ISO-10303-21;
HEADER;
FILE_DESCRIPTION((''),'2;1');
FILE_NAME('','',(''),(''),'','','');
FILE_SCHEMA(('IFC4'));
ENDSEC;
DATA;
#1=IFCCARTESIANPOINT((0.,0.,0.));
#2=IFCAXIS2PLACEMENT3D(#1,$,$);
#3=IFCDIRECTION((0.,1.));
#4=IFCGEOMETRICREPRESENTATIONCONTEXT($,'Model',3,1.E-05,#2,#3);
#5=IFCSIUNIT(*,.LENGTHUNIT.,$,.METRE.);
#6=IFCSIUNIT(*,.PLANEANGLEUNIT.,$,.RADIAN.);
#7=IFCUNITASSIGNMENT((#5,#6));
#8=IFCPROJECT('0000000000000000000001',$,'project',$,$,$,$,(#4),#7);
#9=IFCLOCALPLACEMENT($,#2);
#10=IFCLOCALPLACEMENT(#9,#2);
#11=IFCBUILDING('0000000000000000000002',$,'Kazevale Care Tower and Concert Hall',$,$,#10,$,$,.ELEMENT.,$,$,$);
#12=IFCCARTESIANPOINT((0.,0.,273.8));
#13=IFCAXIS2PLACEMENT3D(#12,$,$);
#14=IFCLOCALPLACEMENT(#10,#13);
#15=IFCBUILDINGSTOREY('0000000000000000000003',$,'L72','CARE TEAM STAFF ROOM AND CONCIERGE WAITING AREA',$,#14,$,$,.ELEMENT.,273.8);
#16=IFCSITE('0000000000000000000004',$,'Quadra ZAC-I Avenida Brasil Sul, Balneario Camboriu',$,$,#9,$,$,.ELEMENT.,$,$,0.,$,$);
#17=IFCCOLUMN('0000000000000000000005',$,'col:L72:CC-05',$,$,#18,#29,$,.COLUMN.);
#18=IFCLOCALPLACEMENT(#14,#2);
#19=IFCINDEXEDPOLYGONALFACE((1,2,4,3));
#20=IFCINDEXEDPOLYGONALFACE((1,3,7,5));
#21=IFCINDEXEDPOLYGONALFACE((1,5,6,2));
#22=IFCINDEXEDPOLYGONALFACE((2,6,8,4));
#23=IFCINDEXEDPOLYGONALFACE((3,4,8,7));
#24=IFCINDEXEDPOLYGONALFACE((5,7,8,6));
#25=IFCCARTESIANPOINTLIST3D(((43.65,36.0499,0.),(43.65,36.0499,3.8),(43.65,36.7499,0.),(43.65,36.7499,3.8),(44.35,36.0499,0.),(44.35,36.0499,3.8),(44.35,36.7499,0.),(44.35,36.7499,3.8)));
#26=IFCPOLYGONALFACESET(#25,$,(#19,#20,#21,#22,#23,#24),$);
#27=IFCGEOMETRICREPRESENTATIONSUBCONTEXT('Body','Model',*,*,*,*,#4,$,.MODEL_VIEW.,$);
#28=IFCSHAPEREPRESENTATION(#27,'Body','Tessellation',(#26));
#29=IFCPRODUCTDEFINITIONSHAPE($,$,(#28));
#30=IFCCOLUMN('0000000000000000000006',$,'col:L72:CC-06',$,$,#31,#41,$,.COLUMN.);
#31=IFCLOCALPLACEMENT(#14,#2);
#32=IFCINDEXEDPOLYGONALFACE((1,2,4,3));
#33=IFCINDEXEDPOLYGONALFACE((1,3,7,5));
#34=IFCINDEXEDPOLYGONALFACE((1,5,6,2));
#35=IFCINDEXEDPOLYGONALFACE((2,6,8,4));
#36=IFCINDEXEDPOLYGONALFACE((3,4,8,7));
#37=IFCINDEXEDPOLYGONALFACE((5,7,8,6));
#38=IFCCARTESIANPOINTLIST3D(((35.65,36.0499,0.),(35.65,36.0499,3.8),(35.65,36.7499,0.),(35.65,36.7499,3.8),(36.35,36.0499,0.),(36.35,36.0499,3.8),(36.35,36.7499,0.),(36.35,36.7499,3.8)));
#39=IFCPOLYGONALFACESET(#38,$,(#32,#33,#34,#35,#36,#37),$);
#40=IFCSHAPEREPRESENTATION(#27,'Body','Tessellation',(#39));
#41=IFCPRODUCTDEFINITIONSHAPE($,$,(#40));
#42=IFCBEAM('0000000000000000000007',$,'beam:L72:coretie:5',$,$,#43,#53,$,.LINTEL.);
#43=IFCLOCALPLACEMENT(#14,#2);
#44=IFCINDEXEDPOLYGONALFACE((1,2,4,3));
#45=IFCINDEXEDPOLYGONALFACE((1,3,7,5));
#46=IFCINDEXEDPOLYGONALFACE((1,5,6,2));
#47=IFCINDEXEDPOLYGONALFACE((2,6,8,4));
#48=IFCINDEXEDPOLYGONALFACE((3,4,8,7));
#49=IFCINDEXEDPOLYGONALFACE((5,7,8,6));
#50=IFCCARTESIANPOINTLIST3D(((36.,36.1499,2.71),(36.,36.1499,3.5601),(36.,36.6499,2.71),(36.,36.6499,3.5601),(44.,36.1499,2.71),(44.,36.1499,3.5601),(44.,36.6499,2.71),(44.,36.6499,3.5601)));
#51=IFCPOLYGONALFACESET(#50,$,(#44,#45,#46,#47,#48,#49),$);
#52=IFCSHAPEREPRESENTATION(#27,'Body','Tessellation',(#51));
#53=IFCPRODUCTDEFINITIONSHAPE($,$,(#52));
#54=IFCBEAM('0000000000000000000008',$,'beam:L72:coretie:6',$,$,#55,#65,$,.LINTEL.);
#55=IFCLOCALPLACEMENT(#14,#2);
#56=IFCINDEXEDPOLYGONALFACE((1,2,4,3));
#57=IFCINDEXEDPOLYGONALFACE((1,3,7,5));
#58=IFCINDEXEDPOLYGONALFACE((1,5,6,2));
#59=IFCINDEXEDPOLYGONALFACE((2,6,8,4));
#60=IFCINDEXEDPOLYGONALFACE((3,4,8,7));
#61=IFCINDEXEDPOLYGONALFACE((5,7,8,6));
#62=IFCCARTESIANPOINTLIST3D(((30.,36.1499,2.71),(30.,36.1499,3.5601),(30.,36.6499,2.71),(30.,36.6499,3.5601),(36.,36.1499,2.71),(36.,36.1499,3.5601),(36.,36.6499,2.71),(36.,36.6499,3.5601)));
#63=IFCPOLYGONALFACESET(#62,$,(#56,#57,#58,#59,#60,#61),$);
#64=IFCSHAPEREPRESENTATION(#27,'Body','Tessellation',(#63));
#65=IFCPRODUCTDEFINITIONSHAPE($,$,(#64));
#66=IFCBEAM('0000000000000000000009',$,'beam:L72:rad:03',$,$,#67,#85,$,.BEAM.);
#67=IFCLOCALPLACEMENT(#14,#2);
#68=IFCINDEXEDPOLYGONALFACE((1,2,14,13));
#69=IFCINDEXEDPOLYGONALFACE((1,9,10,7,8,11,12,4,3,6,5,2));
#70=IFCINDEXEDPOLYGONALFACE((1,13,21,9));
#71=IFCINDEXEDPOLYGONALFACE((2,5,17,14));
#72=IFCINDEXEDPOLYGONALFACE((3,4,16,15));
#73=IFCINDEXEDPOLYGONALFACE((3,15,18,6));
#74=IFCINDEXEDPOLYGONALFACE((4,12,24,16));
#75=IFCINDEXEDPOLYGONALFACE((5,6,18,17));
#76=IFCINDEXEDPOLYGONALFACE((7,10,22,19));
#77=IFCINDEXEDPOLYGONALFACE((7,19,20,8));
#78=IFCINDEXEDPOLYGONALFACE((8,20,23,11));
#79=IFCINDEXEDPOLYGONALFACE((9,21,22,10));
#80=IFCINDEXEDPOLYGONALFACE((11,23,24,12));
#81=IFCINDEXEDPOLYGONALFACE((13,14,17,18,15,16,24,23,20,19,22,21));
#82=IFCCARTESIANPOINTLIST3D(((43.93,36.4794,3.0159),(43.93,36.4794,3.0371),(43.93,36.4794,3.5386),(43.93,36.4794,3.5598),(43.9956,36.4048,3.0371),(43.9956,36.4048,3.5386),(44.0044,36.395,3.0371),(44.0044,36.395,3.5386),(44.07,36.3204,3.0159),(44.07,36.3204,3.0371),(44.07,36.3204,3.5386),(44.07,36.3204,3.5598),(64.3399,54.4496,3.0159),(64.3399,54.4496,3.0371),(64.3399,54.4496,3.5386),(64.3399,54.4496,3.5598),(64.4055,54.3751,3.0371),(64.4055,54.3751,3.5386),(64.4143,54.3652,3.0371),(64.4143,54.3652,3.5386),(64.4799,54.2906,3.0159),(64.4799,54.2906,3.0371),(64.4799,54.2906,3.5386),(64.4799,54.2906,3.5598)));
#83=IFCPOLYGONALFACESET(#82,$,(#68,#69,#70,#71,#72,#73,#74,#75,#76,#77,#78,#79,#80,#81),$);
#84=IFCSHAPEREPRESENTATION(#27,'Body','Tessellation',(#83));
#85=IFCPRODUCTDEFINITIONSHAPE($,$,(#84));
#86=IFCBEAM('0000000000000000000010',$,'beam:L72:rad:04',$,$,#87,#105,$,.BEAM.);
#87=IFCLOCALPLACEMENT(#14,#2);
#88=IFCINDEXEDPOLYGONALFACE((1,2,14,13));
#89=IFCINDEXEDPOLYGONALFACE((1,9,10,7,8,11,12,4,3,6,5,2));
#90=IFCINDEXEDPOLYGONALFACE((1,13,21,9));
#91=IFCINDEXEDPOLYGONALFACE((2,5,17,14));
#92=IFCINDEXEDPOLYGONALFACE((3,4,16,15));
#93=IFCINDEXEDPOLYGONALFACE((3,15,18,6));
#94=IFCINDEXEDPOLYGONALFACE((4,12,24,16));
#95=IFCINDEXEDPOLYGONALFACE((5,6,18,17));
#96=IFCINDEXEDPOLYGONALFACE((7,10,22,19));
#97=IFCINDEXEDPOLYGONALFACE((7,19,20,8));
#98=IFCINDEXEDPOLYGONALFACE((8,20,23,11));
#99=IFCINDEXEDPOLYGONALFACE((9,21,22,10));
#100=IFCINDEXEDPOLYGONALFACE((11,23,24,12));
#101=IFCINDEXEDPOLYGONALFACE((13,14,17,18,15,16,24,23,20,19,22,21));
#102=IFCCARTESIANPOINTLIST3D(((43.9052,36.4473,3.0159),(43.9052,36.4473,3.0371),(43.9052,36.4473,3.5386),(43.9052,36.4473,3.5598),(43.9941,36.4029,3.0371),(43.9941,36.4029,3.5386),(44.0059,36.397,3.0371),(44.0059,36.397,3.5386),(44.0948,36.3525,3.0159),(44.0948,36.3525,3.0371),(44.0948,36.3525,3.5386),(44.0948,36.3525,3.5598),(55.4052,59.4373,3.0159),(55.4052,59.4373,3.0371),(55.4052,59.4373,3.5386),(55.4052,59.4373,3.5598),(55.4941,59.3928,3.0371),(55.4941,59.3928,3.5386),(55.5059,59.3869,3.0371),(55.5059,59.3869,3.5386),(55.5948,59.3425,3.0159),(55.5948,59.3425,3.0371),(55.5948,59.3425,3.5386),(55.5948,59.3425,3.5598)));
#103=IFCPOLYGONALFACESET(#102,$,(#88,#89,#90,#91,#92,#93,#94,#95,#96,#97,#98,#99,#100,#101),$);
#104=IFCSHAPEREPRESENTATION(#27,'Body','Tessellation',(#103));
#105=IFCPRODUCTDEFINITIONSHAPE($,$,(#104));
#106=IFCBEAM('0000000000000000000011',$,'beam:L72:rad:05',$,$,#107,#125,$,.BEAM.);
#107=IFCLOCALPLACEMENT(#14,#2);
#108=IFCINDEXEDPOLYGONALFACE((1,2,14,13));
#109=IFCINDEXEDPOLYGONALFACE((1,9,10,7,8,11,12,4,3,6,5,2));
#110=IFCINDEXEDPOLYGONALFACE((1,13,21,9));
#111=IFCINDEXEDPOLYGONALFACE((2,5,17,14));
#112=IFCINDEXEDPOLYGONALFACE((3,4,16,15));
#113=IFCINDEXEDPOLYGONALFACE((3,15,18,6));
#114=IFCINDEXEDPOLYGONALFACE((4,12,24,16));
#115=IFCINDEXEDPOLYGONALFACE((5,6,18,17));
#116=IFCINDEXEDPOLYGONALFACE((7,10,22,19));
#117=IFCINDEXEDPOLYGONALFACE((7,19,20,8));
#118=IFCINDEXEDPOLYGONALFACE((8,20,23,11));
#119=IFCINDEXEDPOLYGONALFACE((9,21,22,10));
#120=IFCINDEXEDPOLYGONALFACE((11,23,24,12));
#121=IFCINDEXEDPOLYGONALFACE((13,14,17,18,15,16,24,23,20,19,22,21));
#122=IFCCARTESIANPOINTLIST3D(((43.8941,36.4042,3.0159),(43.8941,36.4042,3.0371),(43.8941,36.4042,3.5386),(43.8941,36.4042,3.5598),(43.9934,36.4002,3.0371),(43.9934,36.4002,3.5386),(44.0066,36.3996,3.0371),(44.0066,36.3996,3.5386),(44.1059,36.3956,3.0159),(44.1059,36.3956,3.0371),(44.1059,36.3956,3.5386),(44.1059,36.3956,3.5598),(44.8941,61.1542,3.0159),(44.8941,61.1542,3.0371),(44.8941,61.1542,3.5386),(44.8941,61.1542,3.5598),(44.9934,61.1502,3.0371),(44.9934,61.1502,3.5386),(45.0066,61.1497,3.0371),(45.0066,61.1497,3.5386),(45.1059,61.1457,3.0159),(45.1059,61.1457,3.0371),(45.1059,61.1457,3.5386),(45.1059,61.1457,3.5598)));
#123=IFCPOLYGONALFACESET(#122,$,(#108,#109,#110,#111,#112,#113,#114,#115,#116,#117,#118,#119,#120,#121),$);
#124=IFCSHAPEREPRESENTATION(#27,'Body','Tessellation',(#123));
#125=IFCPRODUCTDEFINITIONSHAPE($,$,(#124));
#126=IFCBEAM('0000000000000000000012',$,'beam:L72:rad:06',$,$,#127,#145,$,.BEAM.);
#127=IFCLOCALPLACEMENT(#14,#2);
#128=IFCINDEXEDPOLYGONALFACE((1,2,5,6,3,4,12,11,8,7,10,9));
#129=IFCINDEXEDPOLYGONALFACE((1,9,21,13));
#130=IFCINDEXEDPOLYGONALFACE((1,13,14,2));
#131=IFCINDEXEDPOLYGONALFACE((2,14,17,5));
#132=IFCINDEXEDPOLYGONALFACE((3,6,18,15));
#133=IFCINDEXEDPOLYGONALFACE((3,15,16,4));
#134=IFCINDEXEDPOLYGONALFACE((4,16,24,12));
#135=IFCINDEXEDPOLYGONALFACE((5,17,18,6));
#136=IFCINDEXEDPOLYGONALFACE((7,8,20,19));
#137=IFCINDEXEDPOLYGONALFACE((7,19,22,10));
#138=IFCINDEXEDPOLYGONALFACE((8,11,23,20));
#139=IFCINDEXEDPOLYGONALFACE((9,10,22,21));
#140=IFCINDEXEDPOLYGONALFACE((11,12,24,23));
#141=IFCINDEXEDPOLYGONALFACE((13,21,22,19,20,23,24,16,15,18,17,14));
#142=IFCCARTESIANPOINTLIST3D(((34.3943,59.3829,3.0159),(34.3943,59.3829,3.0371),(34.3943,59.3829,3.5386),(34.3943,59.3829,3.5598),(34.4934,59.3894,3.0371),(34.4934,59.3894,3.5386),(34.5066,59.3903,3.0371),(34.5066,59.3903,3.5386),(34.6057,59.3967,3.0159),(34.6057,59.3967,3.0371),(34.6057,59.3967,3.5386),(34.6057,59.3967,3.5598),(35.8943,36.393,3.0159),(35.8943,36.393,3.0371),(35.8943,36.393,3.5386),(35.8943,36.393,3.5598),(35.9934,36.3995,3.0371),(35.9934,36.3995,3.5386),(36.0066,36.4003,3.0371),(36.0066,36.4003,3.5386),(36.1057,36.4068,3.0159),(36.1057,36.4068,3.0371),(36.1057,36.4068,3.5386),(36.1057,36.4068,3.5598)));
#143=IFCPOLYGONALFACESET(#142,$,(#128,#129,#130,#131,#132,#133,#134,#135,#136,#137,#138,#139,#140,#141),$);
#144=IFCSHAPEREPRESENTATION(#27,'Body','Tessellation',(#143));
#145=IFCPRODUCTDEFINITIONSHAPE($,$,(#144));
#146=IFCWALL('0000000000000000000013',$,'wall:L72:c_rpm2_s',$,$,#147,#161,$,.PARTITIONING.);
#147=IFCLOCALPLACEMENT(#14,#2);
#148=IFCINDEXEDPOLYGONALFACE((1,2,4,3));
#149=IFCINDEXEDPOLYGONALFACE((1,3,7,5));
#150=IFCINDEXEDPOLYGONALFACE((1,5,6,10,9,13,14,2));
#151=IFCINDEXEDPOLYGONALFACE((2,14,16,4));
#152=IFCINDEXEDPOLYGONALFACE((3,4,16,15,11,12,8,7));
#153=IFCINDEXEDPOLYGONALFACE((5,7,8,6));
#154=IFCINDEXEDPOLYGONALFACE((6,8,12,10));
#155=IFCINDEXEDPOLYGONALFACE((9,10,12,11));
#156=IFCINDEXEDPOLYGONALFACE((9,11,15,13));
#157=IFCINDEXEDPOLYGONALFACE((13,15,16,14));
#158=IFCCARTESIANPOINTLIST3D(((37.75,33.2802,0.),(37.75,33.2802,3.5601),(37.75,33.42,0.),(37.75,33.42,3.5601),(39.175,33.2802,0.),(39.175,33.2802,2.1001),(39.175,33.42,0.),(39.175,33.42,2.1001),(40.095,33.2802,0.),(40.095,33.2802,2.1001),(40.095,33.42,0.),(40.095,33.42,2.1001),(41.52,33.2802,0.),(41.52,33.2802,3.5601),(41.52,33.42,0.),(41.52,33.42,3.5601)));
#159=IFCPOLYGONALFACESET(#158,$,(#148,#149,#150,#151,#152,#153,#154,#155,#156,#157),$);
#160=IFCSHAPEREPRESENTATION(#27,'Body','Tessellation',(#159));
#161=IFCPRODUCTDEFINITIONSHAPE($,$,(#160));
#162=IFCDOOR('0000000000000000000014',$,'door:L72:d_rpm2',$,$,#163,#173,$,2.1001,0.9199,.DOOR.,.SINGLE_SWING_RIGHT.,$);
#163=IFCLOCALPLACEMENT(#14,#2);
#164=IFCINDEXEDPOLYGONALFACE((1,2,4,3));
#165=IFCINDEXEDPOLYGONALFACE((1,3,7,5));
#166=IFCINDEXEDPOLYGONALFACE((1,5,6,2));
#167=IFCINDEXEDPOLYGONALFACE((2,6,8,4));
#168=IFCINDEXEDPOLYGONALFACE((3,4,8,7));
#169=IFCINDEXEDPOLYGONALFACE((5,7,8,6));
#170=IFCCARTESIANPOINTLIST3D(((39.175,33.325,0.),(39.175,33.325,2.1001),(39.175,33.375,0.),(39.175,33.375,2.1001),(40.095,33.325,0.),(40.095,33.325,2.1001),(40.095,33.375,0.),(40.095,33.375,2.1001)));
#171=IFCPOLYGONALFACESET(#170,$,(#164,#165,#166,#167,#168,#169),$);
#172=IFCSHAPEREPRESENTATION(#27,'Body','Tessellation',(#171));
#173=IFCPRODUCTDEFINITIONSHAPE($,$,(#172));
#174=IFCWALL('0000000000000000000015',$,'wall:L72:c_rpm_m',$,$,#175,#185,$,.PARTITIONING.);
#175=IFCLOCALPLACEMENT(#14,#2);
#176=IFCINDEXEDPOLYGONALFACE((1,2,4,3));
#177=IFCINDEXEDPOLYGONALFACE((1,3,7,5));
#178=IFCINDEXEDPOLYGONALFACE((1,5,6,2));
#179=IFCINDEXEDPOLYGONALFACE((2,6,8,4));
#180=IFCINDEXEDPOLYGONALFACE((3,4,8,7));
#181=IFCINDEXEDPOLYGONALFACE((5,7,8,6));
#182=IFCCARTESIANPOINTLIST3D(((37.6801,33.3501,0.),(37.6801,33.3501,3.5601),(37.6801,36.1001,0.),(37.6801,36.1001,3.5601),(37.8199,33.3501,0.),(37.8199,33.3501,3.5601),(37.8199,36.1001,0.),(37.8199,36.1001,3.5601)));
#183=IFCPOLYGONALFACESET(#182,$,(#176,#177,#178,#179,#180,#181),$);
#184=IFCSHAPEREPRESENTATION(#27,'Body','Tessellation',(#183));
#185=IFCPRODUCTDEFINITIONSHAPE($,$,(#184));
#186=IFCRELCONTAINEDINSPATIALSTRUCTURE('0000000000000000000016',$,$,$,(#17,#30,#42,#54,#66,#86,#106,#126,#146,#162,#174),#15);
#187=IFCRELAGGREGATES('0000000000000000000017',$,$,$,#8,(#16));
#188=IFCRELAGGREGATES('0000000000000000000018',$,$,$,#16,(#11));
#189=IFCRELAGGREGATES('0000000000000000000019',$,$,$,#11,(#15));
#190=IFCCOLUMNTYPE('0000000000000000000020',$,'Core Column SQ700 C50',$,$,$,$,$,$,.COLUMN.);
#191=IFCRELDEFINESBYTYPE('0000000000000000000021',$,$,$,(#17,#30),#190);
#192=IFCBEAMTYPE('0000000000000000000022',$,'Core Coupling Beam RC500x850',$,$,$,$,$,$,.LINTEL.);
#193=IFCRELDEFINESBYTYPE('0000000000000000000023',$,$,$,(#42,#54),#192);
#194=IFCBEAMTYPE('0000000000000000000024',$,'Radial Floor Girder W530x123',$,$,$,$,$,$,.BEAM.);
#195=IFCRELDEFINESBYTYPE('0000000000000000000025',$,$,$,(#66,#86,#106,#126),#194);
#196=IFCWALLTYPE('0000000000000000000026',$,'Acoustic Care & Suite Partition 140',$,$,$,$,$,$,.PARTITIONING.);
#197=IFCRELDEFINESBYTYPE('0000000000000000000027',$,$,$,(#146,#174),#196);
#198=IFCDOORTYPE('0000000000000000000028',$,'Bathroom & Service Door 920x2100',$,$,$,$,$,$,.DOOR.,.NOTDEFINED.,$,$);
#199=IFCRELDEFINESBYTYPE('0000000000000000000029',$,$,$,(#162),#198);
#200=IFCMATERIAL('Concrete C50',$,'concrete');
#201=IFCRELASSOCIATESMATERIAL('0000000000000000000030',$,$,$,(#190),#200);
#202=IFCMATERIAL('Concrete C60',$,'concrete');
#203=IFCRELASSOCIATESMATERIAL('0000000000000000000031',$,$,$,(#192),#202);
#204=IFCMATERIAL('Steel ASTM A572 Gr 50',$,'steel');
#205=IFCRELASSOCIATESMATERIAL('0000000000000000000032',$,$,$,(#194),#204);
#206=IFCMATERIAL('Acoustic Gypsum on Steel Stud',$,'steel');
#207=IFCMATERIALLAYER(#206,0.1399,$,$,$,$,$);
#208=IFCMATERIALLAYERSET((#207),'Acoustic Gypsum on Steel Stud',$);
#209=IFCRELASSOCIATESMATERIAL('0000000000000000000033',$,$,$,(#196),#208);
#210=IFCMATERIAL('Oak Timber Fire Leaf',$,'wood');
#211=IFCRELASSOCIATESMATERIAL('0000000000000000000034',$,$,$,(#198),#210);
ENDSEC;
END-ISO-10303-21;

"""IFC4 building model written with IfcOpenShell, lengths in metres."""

from ifc_helpers import new_model, si_unit, direction, frame, frame_2d, origin, origin_2d, place, context, subcontext, project, spatial, rectangle, i_section, extrude, material, layer, layer_set, material_profile, profile_set, type_object, element, fill, save


model = new_model("IFC4")

# Units and contexts
model_context = context("Model", 3, precision=1e-05, world=origin(), true_north=direction((0.0, 1.0)))
body_context = subcontext(model_context, "Body", "Model", "MODEL_VIEW")
ifc_project = project(units=[si_unit("LENGTHUNIT", "METRE"), si_unit("PLANEANGLEUNIT", "RADIAN")], contexts=[model_context])

# Site, building, storey
site_placement = place(None, origin())
site = spatial("IfcSite", under=ifc_project, at=site_placement, Name="Quadra ZAC-I Avenida Brasil Sul, Balneario Camboriu", CompositionType="ELEMENT", RefElevation=0.0)
building_placement = place(site_placement, origin())
building = spatial("IfcBuilding", under=site, at=building_placement, Name="Kazevale Care Tower and Concert Hall", CompositionType="ELEMENT")
storey_placement = place(building_placement, frame((0.0, 0.0, 273.8)))
storey = spatial("IfcBuildingStorey", under=building, at=storey_placement, Name="L72", Description="CARE TEAM STAFF ROOM AND CONCIERGE WAITING AREA", CompositionType="ELEMENT", Elevation=273.8)

# Columns
ifc_material_1 = material(Name="Concrete C50", Category="concrete")
ifc_material_profile_1 = material_profile(ifc_material_1, rectangle(XDim=0.7, YDim=0.7, at=origin_2d()), Name="RC-SQ700")
ifc_profile_set_1 = profile_set([ifc_material_profile_1], Name="Concrete C50")
column_type = type_object("IfcColumnType", Name="Core Column SQ700 C50", PredefinedType="COLUMN", material=ifc_profile_set_1)
for number, where, z_axis, x_axis, name in (
    (1, (44.0, 36.3999, 0.0), (0.0, 0.0, 1.0), (1.0, 0.0, 0.0), "col:L72:CC-05"),
    (2, (36.0, 36.3999, 0.0), (0.0, 0.0, 1.0), (1.0, 0.0, 0.0), "col:L72:CC-06"),
):
    element("IfcColumn", number, at=place(storey_placement, frame(where, z_axis=z_axis, x_axis=x_axis)), inside=storey, type_object=column_type, Name=name, PredefinedType="COLUMN", context=body_context, shape_type="SweptSolid", body=[
        extrude(rectangle(XDim=0.7, YDim=0.7, at=origin_2d()), origin(), (0.0, 0.0, 1.0), 3.8),
    ])

# Beams
ifc_material_2 = material(Name="Concrete C60", Category="concrete")
ifc_material_profile_2 = material_profile(ifc_material_2, rectangle(XDim=0.5, YDim=0.8501, at=origin_2d()), Name="RC-B500x850")
ifc_profile_set_2 = profile_set([ifc_material_profile_2], Name="Concrete C60")
beam_type_1 = type_object("IfcBeamType", Name="Core Coupling Beam RC500x850", PredefinedType="LINTEL", material=ifc_profile_set_2)
beam_1_placement = place(storey_placement, frame((44.0, 36.3999, 3.135), z_axis=(-1.0, 0.0, 0.0), x_axis=(0.0, -1.0, 0.0)))
element("IfcBeam", 3, at=beam_1_placement, inside=storey, type_object=beam_type_1, Name="beam:L72:coretie:5", PredefinedType="LINTEL", context=body_context, shape_type="SweptSolid", body=[
    extrude(rectangle(XDim=0.5, YDim=0.8501, at=origin_2d()), origin(), (0.0, 0.0, 1.0), 8.0),
])
beam_2_placement = place(storey_placement, frame((36.0, 36.3999, 3.135), z_axis=(-1.0, 0.0, 0.0), x_axis=(0.0, -1.0, 0.0)))
element("IfcBeam", 4, at=beam_2_placement, inside=storey, type_object=beam_type_1, Name="beam:L72:coretie:6", PredefinedType="LINTEL", context=body_context, shape_type="SweptSolid", body=[
    extrude(rectangle(XDim=0.5, YDim=0.8501, at=origin_2d()), origin(), (0.0, 0.0, 1.0), 6.0),
])
ifc_material_3 = material(Name="Steel ASTM A572 Gr 50", Category="steel")
ifc_material_profile_3 = material_profile(ifc_material_3, i_section(OverallWidth=0.2119, OverallDepth=0.5439, WebThickness=0.0132, FlangeThickness=0.0212, at=origin_2d()), Name="W530x123")
ifc_profile_set_3 = profile_set([ifc_material_profile_3], Name="Steel ASTM A572 Gr 50")
beam_type_2 = type_object("IfcBeamType", Name="Radial Floor Girder W530x123", PredefinedType="BEAM", material=ifc_profile_set_3)
beam_3_placement = place(storey_placement, frame((44.0, 36.3999, 3.2878), z_axis=(0.75054, 0.660825, 0.0), x_axis=(-0.660825, 0.75054, 0.0)))
element("IfcBeam", 5, at=beam_3_placement, inside=storey, type_object=beam_type_2, Name="beam:L72:rad:03", PredefinedType="BEAM", context=body_context, shape_type="SweptSolid", body=[
    extrude(i_section(OverallWidth=0.2119, OverallDepth=0.5439, WebThickness=0.0132, FlangeThickness=0.0212, at=origin_2d()), origin(), (0.0, 0.0, 1.0), 27.1936),
])
beam_4_placement = place(storey_placement, frame((44.0, 36.3999, 3.2878), z_axis=(0.447369, 0.894349, 0.0), x_axis=(-0.894349, 0.447369, 0.0)))
element("IfcBeam", 6, at=beam_4_placement, inside=storey, type_object=beam_type_2, Name="beam:L72:rad:04", PredefinedType="BEAM", context=body_context, shape_type="SweptSolid", body=[
    extrude(i_section(OverallWidth=0.2119, OverallDepth=0.5439, WebThickness=0.0132, FlangeThickness=0.0212, at=origin_2d()), origin(), (0.0, 0.0, 1.0), 25.7058),
])
beam_5_placement = place(storey_placement, frame((44.0, 36.3999, 3.2878), z_axis=(0.040371, 0.999185, 0.0), x_axis=(-0.999185, 0.040371, 0.0)))
element("IfcBeam", 7, at=beam_5_placement, inside=storey, type_object=beam_type_2, Name="beam:L72:rad:05", PredefinedType="BEAM", context=body_context, shape_type="SweptSolid", body=[
    extrude(i_section(OverallWidth=0.2119, OverallDepth=0.5439, WebThickness=0.0132, FlangeThickness=0.0212, at=origin_2d()), origin(), (0.0, 0.0, 1.0), 24.7703),
])
beam_6_placement = place(storey_placement, frame((36.0, 36.3999, 3.2878), z_axis=(-0.065107, 0.997878, 0.0), x_axis=(-0.997878, -0.065107, 0.0)))
element("IfcBeam", 8, at=beam_6_placement, inside=storey, type_object=beam_type_2, Name="beam:L72:rad:06", PredefinedType="BEAM", context=body_context, shape_type="SweptSolid", body=[
    extrude(i_section(OverallWidth=0.2119, OverallDepth=0.5439, WebThickness=0.0132, FlangeThickness=0.0212, at=origin_2d()), origin(), (0.0, 0.0, 1.0), 23.0388),
])

# Wall, opening, door
ifc_material_4 = material(Name="Acoustic Gypsum on Steel Stud", Category="steel")
ifc_layer_1 = layer(ifc_material_4, 0.1399)
ifc_layer_set_1 = layer_set([ifc_layer_1], Name="Acoustic Gypsum on Steel Stud")
wall_type_1 = type_object("IfcWallType", Name="Acoustic Care & Suite Partition 140", PredefinedType="PARTITIONING", material=ifc_layer_set_1)
wall_1_placement = place(storey_placement, frame((37.75, 33.3501, 0.0), z_axis=(0.0, 0.0, 1.0), x_axis=(1.0, 0.0, 0.0)))
wall_1 = element("IfcWall", 9, at=wall_1_placement, inside=storey, type_object=wall_type_1, Name="wall:L72:c_rpm2_s", PredefinedType="PARTITIONING", context=body_context, shape_type="SweptSolid", body=[
    extrude(rectangle(XDim=3.77, YDim=0.1399, at=frame_2d((1.885, 0.0))), origin(), (0.0, 0.0, 1.0), 3.5601),
])
opening_1_placement = place(wall_1_placement, frame((1.425, 0.0, 0.0)))
opening_1 = element("IfcOpeningElement", 10, at=opening_1_placement, cuts=wall_1, PredefinedType="OPENING", context=body_context, shape_type="SweptSolid", body=[
    extrude(rectangle(XDim=0.9199, YDim=2.1001, at=frame_2d((0.46, 1.05))), frame((0.0, 0.0798, 0.0), z_axis=(0.0, -1.0, 0.0), x_axis=(1.0, 0.0, 0.0)), (0.0, 0.0, 1.0), 0.1599),
])
ifc_material_5 = material(Name="Oak Timber Fire Leaf", Category="wood")
door_type_1 = type_object("IfcDoorType", Name="Bathroom & Service Door 920x2100", OperationType="NOTDEFINED", PredefinedType="DOOR", material=ifc_material_5)
door_1_placement = place(opening_1_placement, origin())
door_1 = element("IfcDoor", 11, at=door_1_placement, inside=storey, type_object=door_type_1, Name="door:L72:d_rpm2", OperationType="SINGLE_SWING_RIGHT", OverallHeight=2.1001, OverallWidth=0.9199, PredefinedType="DOOR", context=body_context, shape_type="SweptSolid", body=[
    extrude(rectangle(XDim=0.9199, YDim=2.1001, at=frame_2d((0.46, 1.05))), frame((0.0, 0.0249, 0.0), z_axis=(0.0, -1.0, 0.0), x_axis=(1.0, 0.0, 0.0)), (0.0, 0.0, 1.0), 0.05),
])
fill(opening_1, door_1)

# Wall
for number, where, z_axis, x_axis, name in (
    (12, (37.75, 33.3501, 0.0), (0.0, 0.0, 1.0), (0.0, 1.0, 0.0), "wall:L72:c_rpm_m"),
):
    element("IfcWall", number, at=place(storey_placement, frame(where, z_axis=z_axis, x_axis=x_axis)), inside=storey, type_object=wall_type_1, Name=name, PredefinedType="PARTITIONING", context=body_context, shape_type="SweptSolid", body=[
        extrude(rectangle(XDim=2.75, YDim=0.1399, at=frame_2d((1.375, 0.0))), origin(), (0.0, 0.0, 1.0), 3.5601),
    ])

save(model, "model.ifc")
